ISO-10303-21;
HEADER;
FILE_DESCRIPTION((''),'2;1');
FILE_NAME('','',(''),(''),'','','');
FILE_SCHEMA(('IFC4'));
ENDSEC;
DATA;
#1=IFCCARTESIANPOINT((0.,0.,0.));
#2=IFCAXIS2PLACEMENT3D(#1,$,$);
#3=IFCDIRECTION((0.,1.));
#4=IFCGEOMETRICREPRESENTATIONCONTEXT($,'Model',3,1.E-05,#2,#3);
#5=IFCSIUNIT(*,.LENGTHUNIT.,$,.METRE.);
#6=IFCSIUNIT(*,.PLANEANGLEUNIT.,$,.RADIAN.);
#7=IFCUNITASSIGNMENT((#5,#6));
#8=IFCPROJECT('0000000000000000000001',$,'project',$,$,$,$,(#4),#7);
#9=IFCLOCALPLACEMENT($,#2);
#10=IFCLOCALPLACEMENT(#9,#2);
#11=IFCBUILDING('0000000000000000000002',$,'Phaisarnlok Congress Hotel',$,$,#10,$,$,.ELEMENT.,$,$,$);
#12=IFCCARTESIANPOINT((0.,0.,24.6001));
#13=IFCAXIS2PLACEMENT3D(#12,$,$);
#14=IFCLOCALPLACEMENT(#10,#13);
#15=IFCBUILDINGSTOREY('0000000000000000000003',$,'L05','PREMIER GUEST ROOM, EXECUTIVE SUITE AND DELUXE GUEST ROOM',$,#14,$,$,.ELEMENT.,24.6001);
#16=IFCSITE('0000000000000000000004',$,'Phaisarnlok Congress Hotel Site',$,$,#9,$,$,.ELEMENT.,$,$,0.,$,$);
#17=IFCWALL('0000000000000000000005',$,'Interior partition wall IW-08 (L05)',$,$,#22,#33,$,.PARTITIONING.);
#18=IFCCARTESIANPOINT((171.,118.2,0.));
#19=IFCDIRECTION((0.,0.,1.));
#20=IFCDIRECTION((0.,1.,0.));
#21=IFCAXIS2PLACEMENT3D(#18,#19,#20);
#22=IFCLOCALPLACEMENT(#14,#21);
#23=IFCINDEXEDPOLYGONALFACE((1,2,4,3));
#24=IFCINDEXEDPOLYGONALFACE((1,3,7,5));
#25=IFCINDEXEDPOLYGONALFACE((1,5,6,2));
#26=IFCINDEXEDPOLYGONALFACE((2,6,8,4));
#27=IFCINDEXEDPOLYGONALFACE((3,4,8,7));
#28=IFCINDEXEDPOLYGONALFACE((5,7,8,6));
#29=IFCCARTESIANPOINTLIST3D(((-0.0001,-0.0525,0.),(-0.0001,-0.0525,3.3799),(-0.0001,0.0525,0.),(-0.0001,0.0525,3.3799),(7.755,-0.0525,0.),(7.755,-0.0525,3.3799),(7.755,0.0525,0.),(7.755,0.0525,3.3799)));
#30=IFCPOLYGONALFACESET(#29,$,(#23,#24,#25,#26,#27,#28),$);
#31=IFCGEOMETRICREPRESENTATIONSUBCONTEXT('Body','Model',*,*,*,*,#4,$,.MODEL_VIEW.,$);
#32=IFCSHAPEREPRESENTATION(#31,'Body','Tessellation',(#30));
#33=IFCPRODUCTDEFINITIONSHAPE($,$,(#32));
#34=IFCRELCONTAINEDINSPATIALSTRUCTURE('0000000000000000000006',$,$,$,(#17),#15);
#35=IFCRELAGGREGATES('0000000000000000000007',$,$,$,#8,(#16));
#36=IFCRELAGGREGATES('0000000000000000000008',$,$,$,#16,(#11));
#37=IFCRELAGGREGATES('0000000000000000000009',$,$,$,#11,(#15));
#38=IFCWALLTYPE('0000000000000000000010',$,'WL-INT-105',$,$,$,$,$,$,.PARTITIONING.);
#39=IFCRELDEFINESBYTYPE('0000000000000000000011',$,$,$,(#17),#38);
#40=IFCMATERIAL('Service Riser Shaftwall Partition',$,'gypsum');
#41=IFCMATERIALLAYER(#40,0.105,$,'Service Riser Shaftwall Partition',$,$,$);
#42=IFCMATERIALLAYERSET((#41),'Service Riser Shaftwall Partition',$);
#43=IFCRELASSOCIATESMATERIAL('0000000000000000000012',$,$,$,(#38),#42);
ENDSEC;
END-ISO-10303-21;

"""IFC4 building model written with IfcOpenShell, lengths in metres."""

from ifc_helpers import new_model, si_unit, direction, frame, frame_2d, origin, place, context, subcontext, project, spatial, rectangle, extrude, material, layer, layer_set, type_object, element, save


model = new_model("IFC4")

# Units and contexts
model_context = context("Model", 3, precision=1e-05, world=origin(), true_north=direction((0.0, 1.0)))
body_context = subcontext(model_context, "Body", "Model", "MODEL_VIEW")
ifc_project = project(units=[si_unit("LENGTHUNIT", "METRE"), si_unit("PLANEANGLEUNIT", "RADIAN")], contexts=[model_context])

# Site, building, storey
site_placement = place(None, origin())
site = spatial("IfcSite", under=ifc_project, at=site_placement, Name="Phaisarnlok Congress Hotel Site", CompositionType="ELEMENT", RefElevation=0.0)
building_placement = place(site_placement, origin())
building = spatial("IfcBuilding", under=site, at=building_placement, Name="Phaisarnlok Congress Hotel", CompositionType="ELEMENT")
storey_placement = place(building_placement, frame((0.0, 0.0, 24.6001)))
storey = spatial("IfcBuildingStorey", under=building, at=storey_placement, Name="L05", Description="PREMIER GUEST ROOM, EXECUTIVE SUITE AND DELUXE GUEST ROOM", CompositionType="ELEMENT", Elevation=24.6001)

# Wall
ifc_material_1 = material(Name="Service Riser Shaftwall Partition", Category="gypsum")
ifc_layer_1 = layer(ifc_material_1, 0.105, Name="Service Riser Shaftwall Partition")
ifc_layer_set_1 = layer_set([ifc_layer_1], Name="Service Riser Shaftwall Partition")
wall_type_1 = type_object("IfcWallType", Name="WL-INT-105", PredefinedType="PARTITIONING", material=ifc_layer_set_1)
wall_1_placement = place(storey_placement, frame((171.0, 118.2, 0.0), z_axis=(0.0, 0.0, 1.0), x_axis=(0.0, 1.0, 0.0)))
element("IfcWall", 1, at=wall_1_placement, inside=storey, type_object=wall_type_1, Name="Interior partition wall IW-08 (L05)", PredefinedType="PARTITIONING", context=body_context, shape_type="SweptSolid", body=[
    extrude(rectangle(XDim=7.7551, YDim=0.105, at=frame_2d((3.8774, 0.0))), origin(), (0.0, 0.0, 1.0), 3.3799),
])

save(model, "model.ifc")
